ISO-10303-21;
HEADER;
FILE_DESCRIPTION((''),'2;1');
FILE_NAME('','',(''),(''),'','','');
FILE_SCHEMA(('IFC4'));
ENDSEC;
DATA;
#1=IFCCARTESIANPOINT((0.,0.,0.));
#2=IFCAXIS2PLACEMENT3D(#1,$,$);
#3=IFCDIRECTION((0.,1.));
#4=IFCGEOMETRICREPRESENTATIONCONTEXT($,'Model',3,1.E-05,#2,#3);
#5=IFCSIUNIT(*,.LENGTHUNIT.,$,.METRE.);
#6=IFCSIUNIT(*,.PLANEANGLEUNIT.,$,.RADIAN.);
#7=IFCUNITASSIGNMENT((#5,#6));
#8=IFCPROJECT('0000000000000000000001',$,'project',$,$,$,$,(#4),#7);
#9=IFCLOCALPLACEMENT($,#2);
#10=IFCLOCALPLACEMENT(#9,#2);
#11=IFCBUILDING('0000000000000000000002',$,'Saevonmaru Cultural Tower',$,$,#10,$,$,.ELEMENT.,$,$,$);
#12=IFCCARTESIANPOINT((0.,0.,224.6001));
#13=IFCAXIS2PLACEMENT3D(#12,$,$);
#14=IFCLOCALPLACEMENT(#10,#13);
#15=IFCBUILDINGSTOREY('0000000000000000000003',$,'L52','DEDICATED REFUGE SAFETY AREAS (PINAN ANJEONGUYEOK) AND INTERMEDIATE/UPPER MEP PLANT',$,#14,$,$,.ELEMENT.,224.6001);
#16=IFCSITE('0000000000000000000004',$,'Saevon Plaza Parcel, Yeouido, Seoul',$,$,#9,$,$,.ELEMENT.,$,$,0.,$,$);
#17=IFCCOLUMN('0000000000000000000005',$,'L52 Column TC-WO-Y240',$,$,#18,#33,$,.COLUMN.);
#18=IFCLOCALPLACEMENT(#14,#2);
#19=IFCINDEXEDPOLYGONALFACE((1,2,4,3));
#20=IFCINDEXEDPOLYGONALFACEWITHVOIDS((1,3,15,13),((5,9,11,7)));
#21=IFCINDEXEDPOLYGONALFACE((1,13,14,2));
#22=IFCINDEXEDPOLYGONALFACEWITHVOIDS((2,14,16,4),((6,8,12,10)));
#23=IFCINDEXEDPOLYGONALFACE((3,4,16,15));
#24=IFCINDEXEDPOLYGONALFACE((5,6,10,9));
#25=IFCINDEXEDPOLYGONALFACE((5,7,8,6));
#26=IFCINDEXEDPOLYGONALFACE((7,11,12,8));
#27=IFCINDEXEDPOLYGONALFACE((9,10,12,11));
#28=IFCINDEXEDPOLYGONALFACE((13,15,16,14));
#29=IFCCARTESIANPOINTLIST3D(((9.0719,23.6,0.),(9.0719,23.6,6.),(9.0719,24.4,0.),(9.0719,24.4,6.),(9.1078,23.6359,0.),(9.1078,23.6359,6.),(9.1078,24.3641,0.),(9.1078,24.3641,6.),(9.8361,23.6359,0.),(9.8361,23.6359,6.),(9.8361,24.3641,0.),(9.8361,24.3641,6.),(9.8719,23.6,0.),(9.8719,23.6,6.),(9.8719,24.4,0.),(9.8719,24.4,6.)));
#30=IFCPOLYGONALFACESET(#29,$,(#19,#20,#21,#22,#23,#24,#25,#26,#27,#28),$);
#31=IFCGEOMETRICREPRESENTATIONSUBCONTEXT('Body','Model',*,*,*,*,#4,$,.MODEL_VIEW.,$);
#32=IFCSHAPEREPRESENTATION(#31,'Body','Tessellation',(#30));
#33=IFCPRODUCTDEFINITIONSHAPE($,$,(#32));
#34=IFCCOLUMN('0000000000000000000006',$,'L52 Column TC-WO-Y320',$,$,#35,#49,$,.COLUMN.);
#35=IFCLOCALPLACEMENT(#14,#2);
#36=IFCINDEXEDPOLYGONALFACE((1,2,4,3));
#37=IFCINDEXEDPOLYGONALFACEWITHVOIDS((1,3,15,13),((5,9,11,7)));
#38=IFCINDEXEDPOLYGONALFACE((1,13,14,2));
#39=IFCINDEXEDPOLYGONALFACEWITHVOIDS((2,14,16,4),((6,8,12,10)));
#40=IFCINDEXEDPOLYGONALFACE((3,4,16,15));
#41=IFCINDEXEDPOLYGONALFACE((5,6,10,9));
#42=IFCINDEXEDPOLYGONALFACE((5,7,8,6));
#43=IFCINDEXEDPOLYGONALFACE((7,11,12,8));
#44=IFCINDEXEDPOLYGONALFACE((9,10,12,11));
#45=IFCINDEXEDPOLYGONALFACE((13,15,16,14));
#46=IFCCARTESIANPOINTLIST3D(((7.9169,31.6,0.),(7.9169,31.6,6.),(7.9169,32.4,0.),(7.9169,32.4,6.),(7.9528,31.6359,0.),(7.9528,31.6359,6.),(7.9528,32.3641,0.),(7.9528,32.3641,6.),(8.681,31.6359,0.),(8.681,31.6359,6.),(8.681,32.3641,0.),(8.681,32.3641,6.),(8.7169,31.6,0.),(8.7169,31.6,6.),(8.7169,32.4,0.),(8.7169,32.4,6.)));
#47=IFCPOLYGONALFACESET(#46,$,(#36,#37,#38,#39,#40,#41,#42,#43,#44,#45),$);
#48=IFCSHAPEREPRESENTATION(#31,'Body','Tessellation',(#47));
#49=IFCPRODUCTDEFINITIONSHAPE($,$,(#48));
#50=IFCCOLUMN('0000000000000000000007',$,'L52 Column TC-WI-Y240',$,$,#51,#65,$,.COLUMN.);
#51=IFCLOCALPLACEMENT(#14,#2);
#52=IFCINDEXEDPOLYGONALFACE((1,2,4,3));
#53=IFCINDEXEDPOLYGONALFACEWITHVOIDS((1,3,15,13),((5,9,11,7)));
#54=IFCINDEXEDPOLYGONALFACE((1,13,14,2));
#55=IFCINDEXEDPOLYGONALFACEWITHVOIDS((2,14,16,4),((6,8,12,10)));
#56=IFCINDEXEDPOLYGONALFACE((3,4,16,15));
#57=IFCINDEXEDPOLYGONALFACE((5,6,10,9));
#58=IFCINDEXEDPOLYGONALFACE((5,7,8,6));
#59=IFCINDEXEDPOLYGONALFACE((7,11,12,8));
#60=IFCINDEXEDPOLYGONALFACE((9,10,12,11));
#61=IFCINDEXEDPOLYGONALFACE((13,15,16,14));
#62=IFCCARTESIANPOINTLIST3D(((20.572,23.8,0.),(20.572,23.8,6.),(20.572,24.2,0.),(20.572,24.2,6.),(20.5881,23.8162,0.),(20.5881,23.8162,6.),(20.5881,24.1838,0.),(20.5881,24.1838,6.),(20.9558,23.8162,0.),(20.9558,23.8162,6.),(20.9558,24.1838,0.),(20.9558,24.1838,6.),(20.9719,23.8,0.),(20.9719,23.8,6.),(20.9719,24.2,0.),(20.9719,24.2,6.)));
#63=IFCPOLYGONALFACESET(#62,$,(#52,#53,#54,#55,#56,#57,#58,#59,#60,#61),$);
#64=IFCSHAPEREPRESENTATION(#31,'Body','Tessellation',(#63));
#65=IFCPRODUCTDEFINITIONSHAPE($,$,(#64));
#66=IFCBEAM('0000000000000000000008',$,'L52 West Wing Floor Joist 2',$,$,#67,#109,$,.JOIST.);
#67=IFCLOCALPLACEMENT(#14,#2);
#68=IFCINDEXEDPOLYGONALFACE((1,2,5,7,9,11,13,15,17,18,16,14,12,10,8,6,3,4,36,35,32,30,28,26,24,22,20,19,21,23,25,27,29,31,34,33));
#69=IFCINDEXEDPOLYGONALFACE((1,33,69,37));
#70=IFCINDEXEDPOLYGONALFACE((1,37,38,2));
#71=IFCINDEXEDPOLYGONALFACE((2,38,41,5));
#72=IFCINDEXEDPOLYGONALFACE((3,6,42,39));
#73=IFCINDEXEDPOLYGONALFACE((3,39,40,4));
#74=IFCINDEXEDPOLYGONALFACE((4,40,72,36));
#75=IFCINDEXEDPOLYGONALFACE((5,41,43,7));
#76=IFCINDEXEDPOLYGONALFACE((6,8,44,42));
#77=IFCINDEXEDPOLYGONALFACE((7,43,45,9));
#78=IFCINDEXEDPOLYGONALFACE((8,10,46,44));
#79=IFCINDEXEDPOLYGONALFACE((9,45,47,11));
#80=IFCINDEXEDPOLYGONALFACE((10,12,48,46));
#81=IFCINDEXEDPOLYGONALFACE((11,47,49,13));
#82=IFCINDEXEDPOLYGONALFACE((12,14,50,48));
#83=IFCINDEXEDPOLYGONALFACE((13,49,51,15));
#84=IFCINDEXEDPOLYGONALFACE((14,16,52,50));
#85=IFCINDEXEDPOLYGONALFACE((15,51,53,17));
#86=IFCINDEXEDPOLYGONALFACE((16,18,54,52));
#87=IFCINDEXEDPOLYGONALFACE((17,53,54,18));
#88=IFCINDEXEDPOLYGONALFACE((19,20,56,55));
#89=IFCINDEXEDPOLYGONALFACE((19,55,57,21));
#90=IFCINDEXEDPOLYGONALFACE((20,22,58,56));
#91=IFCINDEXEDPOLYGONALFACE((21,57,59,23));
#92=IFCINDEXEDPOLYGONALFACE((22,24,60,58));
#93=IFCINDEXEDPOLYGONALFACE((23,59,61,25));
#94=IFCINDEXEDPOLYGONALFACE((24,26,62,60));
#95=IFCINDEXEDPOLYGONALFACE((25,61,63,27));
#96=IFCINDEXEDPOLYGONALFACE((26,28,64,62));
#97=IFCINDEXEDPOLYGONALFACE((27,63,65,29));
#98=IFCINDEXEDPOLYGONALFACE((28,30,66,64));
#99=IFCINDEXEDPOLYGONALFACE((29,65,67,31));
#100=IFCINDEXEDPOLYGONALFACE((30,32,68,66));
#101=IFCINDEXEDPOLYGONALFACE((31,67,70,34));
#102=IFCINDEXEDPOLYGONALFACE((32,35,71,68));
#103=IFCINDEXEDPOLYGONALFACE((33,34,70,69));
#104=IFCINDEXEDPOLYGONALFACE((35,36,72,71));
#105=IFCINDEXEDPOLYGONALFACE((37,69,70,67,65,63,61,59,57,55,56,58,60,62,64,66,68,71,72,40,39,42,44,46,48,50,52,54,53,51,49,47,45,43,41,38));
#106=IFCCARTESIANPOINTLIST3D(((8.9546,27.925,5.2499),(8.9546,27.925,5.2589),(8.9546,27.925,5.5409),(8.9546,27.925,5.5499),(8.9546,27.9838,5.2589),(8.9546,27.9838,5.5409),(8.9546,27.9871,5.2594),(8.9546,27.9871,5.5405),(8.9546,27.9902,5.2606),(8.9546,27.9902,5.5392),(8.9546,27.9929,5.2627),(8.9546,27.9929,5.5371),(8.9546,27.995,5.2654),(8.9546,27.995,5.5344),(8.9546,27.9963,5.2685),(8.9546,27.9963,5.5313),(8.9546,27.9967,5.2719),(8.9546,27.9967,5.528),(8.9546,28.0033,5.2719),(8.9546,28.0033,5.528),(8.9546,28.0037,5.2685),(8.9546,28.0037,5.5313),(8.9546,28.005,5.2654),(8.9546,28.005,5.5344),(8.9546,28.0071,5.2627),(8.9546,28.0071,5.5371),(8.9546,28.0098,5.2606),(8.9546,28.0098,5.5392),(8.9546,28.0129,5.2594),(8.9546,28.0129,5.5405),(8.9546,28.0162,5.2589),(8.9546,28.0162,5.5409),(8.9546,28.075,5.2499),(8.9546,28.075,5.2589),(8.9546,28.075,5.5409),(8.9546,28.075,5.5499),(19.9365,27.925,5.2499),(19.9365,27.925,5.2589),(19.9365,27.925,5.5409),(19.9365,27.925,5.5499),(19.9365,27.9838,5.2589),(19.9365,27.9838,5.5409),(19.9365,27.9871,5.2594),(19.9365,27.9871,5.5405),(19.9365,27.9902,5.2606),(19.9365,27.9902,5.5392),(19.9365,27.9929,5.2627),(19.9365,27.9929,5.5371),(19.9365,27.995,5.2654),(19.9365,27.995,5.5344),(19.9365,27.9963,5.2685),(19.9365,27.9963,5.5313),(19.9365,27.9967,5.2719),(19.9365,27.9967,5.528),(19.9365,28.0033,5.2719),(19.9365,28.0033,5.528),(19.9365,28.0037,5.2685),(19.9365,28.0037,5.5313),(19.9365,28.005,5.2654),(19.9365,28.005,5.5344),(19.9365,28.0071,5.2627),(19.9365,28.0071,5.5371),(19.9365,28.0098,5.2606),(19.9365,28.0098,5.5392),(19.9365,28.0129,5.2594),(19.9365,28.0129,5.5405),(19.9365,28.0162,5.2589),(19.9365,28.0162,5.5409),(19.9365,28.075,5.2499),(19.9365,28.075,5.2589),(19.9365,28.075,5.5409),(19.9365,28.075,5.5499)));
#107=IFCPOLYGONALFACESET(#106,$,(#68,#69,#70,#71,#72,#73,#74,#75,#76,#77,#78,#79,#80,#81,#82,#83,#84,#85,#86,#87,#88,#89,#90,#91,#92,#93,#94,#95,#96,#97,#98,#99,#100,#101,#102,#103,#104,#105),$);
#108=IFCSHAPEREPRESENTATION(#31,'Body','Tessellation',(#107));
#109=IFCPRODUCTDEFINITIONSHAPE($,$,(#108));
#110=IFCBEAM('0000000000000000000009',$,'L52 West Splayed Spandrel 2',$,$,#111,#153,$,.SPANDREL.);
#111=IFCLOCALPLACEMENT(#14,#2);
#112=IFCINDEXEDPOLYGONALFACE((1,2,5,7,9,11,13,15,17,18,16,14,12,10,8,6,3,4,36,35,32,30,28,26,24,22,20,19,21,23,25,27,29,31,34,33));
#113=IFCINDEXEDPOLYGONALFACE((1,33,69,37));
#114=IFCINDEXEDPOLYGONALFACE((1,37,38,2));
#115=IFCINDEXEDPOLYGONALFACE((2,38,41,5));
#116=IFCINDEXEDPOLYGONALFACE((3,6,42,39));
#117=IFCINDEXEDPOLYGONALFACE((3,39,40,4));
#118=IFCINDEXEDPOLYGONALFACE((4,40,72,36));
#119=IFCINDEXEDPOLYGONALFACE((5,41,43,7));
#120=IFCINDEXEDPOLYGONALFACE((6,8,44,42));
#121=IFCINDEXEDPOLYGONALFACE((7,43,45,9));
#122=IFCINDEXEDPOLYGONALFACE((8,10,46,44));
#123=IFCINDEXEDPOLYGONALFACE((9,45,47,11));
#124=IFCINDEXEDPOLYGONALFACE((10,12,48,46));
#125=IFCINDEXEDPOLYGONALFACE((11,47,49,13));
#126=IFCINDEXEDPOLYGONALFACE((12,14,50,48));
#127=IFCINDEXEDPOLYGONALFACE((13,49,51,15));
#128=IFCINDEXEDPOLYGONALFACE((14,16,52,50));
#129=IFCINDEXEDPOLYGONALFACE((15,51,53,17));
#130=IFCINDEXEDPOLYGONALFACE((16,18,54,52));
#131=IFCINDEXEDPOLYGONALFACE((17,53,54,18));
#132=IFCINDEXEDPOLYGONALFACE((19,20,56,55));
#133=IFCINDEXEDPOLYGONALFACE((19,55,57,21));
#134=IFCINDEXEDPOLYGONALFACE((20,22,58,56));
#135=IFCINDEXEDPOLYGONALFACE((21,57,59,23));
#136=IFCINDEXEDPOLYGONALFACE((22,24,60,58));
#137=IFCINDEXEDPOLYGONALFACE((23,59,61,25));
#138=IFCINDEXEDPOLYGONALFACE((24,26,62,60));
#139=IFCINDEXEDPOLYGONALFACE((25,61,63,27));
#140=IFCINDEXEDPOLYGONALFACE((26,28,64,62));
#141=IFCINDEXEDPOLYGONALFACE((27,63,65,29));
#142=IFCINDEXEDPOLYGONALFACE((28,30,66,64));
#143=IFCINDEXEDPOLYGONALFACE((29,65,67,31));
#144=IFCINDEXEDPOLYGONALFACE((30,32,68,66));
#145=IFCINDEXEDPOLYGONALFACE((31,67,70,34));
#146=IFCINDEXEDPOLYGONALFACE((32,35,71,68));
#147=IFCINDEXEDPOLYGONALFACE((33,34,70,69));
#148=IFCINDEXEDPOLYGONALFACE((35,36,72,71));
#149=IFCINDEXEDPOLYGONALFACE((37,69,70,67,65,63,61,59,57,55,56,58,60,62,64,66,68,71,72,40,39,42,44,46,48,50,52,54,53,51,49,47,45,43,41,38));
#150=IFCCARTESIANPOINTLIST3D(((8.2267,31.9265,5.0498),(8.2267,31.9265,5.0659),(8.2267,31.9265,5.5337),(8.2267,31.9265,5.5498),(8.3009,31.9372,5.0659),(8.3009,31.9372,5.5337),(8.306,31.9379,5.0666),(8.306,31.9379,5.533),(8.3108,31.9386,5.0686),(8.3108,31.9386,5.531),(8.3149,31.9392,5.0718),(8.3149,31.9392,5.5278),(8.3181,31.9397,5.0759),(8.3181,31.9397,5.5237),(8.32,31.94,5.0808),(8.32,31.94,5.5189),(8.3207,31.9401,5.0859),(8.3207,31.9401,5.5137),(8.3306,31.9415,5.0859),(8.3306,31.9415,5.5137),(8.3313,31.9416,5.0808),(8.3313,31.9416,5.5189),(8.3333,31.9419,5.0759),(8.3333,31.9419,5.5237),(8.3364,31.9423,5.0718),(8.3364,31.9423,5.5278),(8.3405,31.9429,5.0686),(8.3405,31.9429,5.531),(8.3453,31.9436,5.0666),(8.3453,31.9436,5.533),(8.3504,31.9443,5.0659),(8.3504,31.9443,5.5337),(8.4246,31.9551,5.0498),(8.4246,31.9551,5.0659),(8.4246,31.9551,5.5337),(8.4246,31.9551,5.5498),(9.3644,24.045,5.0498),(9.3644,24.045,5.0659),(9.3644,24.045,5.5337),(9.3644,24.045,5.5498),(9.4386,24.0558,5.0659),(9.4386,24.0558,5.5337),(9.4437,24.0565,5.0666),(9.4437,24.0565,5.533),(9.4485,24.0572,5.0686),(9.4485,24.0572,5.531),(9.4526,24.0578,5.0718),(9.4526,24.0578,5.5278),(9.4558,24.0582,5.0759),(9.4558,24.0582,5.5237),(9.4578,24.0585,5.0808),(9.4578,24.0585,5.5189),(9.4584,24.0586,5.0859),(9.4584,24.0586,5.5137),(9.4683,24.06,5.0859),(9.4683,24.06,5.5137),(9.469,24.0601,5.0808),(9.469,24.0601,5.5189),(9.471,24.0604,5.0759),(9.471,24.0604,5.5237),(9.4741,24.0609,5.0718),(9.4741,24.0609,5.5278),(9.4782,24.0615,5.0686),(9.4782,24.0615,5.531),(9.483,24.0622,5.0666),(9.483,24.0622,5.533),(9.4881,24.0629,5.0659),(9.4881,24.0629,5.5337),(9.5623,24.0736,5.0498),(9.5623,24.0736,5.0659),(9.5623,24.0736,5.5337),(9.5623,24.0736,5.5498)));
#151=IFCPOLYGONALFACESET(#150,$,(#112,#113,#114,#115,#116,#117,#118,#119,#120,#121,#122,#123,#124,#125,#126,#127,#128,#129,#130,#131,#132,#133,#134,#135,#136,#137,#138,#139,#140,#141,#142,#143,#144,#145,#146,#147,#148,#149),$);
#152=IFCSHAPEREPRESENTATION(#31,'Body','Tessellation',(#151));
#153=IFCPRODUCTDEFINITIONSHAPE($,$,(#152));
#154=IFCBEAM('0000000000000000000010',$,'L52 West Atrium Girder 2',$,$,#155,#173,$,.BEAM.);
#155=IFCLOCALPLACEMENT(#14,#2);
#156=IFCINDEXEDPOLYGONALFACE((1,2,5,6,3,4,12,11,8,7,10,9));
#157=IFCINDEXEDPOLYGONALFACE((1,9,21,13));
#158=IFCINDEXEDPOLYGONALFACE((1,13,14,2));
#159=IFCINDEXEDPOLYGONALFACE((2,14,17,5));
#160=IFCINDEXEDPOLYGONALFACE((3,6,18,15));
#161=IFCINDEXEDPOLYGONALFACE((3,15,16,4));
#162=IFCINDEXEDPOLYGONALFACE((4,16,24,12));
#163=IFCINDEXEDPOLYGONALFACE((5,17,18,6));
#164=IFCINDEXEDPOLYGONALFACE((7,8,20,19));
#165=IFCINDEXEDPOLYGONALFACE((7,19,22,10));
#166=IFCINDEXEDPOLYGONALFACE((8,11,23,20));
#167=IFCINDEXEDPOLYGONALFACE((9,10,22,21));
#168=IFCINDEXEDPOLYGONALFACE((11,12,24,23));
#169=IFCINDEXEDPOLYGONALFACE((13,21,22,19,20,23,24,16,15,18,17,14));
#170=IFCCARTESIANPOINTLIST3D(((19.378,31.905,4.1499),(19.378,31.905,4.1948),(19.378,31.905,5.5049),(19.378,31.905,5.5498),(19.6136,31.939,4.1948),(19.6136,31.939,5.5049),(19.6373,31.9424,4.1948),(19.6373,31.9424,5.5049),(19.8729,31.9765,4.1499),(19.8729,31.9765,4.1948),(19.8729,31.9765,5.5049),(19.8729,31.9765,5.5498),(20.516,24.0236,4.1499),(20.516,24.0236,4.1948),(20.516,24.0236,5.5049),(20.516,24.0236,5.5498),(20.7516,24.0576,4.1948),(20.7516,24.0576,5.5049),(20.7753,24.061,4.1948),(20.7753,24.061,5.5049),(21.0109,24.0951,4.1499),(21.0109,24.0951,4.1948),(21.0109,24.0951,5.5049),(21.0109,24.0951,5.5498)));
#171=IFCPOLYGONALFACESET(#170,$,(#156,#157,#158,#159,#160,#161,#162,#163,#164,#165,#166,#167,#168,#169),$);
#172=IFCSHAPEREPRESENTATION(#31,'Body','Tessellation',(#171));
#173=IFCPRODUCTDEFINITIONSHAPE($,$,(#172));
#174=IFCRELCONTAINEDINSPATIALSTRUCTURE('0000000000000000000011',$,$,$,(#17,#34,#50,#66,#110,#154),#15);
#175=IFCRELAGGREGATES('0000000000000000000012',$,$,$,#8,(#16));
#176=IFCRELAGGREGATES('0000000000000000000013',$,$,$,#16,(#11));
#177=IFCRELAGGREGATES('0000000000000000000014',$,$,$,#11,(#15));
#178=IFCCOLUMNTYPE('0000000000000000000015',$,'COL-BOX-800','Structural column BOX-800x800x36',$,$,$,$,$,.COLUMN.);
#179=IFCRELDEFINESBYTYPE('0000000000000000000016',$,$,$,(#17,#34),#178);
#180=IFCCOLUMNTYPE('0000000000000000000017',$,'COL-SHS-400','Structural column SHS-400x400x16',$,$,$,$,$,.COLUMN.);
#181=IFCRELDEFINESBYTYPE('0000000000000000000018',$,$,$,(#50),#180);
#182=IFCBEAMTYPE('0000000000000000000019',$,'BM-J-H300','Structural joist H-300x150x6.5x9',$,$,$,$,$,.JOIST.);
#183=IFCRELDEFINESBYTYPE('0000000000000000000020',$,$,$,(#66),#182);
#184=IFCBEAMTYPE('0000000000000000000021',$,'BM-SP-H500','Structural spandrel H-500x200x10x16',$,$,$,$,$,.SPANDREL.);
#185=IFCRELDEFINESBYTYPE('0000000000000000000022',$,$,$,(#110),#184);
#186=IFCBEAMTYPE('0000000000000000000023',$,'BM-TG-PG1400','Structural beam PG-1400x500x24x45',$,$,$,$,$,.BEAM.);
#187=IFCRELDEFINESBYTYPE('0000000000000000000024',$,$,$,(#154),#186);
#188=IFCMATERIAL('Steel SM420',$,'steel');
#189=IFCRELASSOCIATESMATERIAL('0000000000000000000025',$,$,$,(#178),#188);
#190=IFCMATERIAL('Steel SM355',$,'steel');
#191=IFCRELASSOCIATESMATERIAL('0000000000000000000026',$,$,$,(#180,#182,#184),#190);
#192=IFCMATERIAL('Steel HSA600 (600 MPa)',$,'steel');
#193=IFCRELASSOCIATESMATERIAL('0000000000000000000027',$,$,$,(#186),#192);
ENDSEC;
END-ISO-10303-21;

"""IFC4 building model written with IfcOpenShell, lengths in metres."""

from ifc_helpers import new_model, si_unit, direction, frame, origin, origin_2d, place, context, subcontext, project, spatial, hollow_rectangle, i_section, extrude, material, material_profile, profile_set, type_object, element, save


model = new_model("IFC4")

# Units and contexts
model_context = context("Model", 3, precision=1e-05, world=origin(), true_north=direction((0.0, 1.0)))
body_context = subcontext(model_context, "Body", "Model", "MODEL_VIEW")
ifc_project = project(units=[si_unit("LENGTHUNIT", "METRE"), si_unit("PLANEANGLEUNIT", "RADIAN")], contexts=[model_context])

# Site, building, storey
site_placement = place(None, origin())
site = spatial("IfcSite", under=ifc_project, at=site_placement, Name="Saevon Plaza Parcel, Yeouido, Seoul", CompositionType="ELEMENT", RefElevation=0.0)
building_placement = place(site_placement, origin())
building = spatial("IfcBuilding", under=site, at=building_placement, Name="Saevonmaru Cultural Tower", CompositionType="ELEMENT")
storey_placement = place(building_placement, frame((0.0, 0.0, 224.6001)))
storey = spatial("IfcBuildingStorey", under=building, at=storey_placement, Name="L52", Description="DEDICATED REFUGE SAFETY AREAS (PINAN ANJEONGUYEOK) AND INTERMEDIATE/UPPER MEP PLANT", CompositionType="ELEMENT", Elevation=224.6001)

# Columns
ifc_material_1 = material(Name="Steel SM420", Category="steel")
ifc_material_profile_1 = material_profile(ifc_material_1, hollow_rectangle(XDim=0.8, YDim=0.8, WallThickness=0.0359, at=origin_2d()), Name="BOX-800x800x36")
ifc_profile_set_1 = profile_set([ifc_material_profile_1], Name="Steel SM420")
column_type_1 = type_object("IfcColumnType", Name="COL-BOX-800", Description="Structural column BOX-800x800x36", PredefinedType="COLUMN", material=ifc_profile_set_1)
for number, where, z_axis, x_axis, name in (
    (1, (9.4719, 24.0, 0.0), (0.0, 0.0, 1.0), (1.0, 0.0, 0.0), "L52 Column TC-WO-Y240"),
    (2, (8.3169, 32.0, 0.0), (0.0, 0.0, 1.0), (1.0, 0.0, 0.0), "L52 Column TC-WO-Y320"),
):
    element("IfcColumn", number, at=place(storey_placement, frame(where, z_axis=z_axis, x_axis=x_axis)), inside=storey, type_object=column_type_1, Name=name, PredefinedType="COLUMN", context=body_context, shape_type="SweptSolid", body=[
        extrude(hollow_rectangle(XDim=0.8, YDim=0.8, WallThickness=0.0359, at=origin_2d()), origin(), (0.0, 0.0, 1.0), 6.0),
    ])
ifc_material_2 = material(Name="Steel SM355", Category="steel")
ifc_material_profile_2 = material_profile(ifc_material_2, hollow_rectangle(XDim=0.3999, YDim=0.3999, WallThickness=0.0161, at=origin_2d()), Name="SHS-400x400x16")
ifc_profile_set_2 = profile_set([ifc_material_profile_2], Name="Steel SM355")
column_type_2 = type_object("IfcColumnType", Name="COL-SHS-400", Description="Structural column SHS-400x400x16", PredefinedType="COLUMN", material=ifc_profile_set_2)
column_placement = place(storey_placement, frame((20.772, 24.0, 0.0), z_axis=(0.0, 0.0, 1.0), x_axis=(1.0, 0.0, 0.0)))
element("IfcColumn", 3, at=column_placement, inside=storey, type_object=column_type_2, Name="L52 Column TC-WI-Y240", PredefinedType="COLUMN", context=body_context, shape_type="SweptSolid", body=[
    extrude(hollow_rectangle(XDim=0.3999, YDim=0.3999, WallThickness=0.0161, at=origin_2d()), origin(), (0.0, 0.0, 1.0), 6.0),
])

# Beams
ifc_material_profile_3 = material_profile(ifc_material_2, i_section(OverallWidth=0.1499, OverallDepth=0.3, WebThickness=0.0066, FlangeThickness=0.009, FilletRadius=0.0129, at=origin_2d()), Name="H-300x150x6.5x9")
ifc_profile_set_3 = profile_set([ifc_material_profile_3], Name="Steel SM355")
beam_type_1 = type_object("IfcBeamType", Name="BM-J-H300", Description="Structural joist H-300x150x6.5x9", PredefinedType="JOIST", material=ifc_profile_set_3)
beam_1_placement = place(storey_placement, frame((8.9546, 28.0, 5.3999), z_axis=(1.0, 0.0, 0.0), x_axis=(0.0, 1.0, 0.0)))
element("IfcBeam", 4, at=beam_1_placement, inside=storey, type_object=beam_type_1, Name="L52 West Wing Floor Joist 2", PredefinedType="JOIST", context=body_context, shape_type="SweptSolid", body=[
    extrude(i_section(OverallWidth=0.1499, OverallDepth=0.3, WebThickness=0.0066, FlangeThickness=0.009, FilletRadius=0.0129, at=origin_2d()), origin(), (0.0, 0.0, 1.0), 10.9819),
])
ifc_material_profile_4 = material_profile(ifc_material_2, i_section(OverallWidth=0.2, OverallDepth=0.5, WebThickness=0.01, FlangeThickness=0.0161, FilletRadius=0.02, at=origin_2d()), Name="H-500x200x10x16")
ifc_profile_set_4 = profile_set([ifc_material_profile_4], Name="Steel SM355")
beam_type_2 = type_object("IfcBeamType", Name="BM-SP-H500", Description="Structural spandrel H-500x200x10x16", PredefinedType="SPANDREL", material=ifc_profile_set_4)
beam_2_placement = place(storey_placement, frame((9.4634, 24.0593, 5.2998), z_axis=(-0.142872, 0.989741, 0.0), x_axis=(-0.989741, -0.142872, 0.0)))
element("IfcBeam", 5, at=beam_2_placement, inside=storey, type_object=beam_type_2, Name="L52 West Splayed Spandrel 2", PredefinedType="SPANDREL", context=body_context, shape_type="SweptSolid", body=[
    extrude(i_section(OverallWidth=0.2, OverallDepth=0.5, WebThickness=0.01, FlangeThickness=0.0161, FilletRadius=0.02, at=origin_2d()), origin(), (0.0, 0.0, 1.0), 7.9631),
])
ifc_material_3 = material(Name="Steel HSA600 (600 MPa)", Category="steel")
ifc_material_profile_5 = material_profile(ifc_material_3, i_section(OverallWidth=0.5, OverallDepth=1.3999, WebThickness=0.0239, FlangeThickness=0.0449, at=origin_2d()), Name="PG-1400x500x24x45")
ifc_profile_set_5 = profile_set([ifc_material_profile_5], Name="Steel HSA600 (600 MPa)")
beam_type_3 = type_object("IfcBeamType", Name="BM-TG-PG1400", Description="Structural beam PG-1400x500x24x45", PredefinedType="BEAM", material=ifc_profile_set_5)
beam_3_placement = place(storey_placement, frame((20.7634, 24.0593, 4.8499), z_axis=(-0.142902, 0.989737, 0.0), x_axis=(-0.989737, -0.142902, 0.0)))
element("IfcBeam", 6, at=beam_3_placement, inside=storey, type_object=beam_type_3, Name="L52 West Atrium Girder 2", PredefinedType="BEAM", context=body_context, shape_type="SweptSolid", body=[
    extrude(i_section(OverallWidth=0.5, OverallDepth=1.3999, WebThickness=0.0239, FlangeThickness=0.0449, at=origin_2d()), origin(), (0.0, 0.0, 1.0), 7.9631),
])

save(model, "model.ifc")
